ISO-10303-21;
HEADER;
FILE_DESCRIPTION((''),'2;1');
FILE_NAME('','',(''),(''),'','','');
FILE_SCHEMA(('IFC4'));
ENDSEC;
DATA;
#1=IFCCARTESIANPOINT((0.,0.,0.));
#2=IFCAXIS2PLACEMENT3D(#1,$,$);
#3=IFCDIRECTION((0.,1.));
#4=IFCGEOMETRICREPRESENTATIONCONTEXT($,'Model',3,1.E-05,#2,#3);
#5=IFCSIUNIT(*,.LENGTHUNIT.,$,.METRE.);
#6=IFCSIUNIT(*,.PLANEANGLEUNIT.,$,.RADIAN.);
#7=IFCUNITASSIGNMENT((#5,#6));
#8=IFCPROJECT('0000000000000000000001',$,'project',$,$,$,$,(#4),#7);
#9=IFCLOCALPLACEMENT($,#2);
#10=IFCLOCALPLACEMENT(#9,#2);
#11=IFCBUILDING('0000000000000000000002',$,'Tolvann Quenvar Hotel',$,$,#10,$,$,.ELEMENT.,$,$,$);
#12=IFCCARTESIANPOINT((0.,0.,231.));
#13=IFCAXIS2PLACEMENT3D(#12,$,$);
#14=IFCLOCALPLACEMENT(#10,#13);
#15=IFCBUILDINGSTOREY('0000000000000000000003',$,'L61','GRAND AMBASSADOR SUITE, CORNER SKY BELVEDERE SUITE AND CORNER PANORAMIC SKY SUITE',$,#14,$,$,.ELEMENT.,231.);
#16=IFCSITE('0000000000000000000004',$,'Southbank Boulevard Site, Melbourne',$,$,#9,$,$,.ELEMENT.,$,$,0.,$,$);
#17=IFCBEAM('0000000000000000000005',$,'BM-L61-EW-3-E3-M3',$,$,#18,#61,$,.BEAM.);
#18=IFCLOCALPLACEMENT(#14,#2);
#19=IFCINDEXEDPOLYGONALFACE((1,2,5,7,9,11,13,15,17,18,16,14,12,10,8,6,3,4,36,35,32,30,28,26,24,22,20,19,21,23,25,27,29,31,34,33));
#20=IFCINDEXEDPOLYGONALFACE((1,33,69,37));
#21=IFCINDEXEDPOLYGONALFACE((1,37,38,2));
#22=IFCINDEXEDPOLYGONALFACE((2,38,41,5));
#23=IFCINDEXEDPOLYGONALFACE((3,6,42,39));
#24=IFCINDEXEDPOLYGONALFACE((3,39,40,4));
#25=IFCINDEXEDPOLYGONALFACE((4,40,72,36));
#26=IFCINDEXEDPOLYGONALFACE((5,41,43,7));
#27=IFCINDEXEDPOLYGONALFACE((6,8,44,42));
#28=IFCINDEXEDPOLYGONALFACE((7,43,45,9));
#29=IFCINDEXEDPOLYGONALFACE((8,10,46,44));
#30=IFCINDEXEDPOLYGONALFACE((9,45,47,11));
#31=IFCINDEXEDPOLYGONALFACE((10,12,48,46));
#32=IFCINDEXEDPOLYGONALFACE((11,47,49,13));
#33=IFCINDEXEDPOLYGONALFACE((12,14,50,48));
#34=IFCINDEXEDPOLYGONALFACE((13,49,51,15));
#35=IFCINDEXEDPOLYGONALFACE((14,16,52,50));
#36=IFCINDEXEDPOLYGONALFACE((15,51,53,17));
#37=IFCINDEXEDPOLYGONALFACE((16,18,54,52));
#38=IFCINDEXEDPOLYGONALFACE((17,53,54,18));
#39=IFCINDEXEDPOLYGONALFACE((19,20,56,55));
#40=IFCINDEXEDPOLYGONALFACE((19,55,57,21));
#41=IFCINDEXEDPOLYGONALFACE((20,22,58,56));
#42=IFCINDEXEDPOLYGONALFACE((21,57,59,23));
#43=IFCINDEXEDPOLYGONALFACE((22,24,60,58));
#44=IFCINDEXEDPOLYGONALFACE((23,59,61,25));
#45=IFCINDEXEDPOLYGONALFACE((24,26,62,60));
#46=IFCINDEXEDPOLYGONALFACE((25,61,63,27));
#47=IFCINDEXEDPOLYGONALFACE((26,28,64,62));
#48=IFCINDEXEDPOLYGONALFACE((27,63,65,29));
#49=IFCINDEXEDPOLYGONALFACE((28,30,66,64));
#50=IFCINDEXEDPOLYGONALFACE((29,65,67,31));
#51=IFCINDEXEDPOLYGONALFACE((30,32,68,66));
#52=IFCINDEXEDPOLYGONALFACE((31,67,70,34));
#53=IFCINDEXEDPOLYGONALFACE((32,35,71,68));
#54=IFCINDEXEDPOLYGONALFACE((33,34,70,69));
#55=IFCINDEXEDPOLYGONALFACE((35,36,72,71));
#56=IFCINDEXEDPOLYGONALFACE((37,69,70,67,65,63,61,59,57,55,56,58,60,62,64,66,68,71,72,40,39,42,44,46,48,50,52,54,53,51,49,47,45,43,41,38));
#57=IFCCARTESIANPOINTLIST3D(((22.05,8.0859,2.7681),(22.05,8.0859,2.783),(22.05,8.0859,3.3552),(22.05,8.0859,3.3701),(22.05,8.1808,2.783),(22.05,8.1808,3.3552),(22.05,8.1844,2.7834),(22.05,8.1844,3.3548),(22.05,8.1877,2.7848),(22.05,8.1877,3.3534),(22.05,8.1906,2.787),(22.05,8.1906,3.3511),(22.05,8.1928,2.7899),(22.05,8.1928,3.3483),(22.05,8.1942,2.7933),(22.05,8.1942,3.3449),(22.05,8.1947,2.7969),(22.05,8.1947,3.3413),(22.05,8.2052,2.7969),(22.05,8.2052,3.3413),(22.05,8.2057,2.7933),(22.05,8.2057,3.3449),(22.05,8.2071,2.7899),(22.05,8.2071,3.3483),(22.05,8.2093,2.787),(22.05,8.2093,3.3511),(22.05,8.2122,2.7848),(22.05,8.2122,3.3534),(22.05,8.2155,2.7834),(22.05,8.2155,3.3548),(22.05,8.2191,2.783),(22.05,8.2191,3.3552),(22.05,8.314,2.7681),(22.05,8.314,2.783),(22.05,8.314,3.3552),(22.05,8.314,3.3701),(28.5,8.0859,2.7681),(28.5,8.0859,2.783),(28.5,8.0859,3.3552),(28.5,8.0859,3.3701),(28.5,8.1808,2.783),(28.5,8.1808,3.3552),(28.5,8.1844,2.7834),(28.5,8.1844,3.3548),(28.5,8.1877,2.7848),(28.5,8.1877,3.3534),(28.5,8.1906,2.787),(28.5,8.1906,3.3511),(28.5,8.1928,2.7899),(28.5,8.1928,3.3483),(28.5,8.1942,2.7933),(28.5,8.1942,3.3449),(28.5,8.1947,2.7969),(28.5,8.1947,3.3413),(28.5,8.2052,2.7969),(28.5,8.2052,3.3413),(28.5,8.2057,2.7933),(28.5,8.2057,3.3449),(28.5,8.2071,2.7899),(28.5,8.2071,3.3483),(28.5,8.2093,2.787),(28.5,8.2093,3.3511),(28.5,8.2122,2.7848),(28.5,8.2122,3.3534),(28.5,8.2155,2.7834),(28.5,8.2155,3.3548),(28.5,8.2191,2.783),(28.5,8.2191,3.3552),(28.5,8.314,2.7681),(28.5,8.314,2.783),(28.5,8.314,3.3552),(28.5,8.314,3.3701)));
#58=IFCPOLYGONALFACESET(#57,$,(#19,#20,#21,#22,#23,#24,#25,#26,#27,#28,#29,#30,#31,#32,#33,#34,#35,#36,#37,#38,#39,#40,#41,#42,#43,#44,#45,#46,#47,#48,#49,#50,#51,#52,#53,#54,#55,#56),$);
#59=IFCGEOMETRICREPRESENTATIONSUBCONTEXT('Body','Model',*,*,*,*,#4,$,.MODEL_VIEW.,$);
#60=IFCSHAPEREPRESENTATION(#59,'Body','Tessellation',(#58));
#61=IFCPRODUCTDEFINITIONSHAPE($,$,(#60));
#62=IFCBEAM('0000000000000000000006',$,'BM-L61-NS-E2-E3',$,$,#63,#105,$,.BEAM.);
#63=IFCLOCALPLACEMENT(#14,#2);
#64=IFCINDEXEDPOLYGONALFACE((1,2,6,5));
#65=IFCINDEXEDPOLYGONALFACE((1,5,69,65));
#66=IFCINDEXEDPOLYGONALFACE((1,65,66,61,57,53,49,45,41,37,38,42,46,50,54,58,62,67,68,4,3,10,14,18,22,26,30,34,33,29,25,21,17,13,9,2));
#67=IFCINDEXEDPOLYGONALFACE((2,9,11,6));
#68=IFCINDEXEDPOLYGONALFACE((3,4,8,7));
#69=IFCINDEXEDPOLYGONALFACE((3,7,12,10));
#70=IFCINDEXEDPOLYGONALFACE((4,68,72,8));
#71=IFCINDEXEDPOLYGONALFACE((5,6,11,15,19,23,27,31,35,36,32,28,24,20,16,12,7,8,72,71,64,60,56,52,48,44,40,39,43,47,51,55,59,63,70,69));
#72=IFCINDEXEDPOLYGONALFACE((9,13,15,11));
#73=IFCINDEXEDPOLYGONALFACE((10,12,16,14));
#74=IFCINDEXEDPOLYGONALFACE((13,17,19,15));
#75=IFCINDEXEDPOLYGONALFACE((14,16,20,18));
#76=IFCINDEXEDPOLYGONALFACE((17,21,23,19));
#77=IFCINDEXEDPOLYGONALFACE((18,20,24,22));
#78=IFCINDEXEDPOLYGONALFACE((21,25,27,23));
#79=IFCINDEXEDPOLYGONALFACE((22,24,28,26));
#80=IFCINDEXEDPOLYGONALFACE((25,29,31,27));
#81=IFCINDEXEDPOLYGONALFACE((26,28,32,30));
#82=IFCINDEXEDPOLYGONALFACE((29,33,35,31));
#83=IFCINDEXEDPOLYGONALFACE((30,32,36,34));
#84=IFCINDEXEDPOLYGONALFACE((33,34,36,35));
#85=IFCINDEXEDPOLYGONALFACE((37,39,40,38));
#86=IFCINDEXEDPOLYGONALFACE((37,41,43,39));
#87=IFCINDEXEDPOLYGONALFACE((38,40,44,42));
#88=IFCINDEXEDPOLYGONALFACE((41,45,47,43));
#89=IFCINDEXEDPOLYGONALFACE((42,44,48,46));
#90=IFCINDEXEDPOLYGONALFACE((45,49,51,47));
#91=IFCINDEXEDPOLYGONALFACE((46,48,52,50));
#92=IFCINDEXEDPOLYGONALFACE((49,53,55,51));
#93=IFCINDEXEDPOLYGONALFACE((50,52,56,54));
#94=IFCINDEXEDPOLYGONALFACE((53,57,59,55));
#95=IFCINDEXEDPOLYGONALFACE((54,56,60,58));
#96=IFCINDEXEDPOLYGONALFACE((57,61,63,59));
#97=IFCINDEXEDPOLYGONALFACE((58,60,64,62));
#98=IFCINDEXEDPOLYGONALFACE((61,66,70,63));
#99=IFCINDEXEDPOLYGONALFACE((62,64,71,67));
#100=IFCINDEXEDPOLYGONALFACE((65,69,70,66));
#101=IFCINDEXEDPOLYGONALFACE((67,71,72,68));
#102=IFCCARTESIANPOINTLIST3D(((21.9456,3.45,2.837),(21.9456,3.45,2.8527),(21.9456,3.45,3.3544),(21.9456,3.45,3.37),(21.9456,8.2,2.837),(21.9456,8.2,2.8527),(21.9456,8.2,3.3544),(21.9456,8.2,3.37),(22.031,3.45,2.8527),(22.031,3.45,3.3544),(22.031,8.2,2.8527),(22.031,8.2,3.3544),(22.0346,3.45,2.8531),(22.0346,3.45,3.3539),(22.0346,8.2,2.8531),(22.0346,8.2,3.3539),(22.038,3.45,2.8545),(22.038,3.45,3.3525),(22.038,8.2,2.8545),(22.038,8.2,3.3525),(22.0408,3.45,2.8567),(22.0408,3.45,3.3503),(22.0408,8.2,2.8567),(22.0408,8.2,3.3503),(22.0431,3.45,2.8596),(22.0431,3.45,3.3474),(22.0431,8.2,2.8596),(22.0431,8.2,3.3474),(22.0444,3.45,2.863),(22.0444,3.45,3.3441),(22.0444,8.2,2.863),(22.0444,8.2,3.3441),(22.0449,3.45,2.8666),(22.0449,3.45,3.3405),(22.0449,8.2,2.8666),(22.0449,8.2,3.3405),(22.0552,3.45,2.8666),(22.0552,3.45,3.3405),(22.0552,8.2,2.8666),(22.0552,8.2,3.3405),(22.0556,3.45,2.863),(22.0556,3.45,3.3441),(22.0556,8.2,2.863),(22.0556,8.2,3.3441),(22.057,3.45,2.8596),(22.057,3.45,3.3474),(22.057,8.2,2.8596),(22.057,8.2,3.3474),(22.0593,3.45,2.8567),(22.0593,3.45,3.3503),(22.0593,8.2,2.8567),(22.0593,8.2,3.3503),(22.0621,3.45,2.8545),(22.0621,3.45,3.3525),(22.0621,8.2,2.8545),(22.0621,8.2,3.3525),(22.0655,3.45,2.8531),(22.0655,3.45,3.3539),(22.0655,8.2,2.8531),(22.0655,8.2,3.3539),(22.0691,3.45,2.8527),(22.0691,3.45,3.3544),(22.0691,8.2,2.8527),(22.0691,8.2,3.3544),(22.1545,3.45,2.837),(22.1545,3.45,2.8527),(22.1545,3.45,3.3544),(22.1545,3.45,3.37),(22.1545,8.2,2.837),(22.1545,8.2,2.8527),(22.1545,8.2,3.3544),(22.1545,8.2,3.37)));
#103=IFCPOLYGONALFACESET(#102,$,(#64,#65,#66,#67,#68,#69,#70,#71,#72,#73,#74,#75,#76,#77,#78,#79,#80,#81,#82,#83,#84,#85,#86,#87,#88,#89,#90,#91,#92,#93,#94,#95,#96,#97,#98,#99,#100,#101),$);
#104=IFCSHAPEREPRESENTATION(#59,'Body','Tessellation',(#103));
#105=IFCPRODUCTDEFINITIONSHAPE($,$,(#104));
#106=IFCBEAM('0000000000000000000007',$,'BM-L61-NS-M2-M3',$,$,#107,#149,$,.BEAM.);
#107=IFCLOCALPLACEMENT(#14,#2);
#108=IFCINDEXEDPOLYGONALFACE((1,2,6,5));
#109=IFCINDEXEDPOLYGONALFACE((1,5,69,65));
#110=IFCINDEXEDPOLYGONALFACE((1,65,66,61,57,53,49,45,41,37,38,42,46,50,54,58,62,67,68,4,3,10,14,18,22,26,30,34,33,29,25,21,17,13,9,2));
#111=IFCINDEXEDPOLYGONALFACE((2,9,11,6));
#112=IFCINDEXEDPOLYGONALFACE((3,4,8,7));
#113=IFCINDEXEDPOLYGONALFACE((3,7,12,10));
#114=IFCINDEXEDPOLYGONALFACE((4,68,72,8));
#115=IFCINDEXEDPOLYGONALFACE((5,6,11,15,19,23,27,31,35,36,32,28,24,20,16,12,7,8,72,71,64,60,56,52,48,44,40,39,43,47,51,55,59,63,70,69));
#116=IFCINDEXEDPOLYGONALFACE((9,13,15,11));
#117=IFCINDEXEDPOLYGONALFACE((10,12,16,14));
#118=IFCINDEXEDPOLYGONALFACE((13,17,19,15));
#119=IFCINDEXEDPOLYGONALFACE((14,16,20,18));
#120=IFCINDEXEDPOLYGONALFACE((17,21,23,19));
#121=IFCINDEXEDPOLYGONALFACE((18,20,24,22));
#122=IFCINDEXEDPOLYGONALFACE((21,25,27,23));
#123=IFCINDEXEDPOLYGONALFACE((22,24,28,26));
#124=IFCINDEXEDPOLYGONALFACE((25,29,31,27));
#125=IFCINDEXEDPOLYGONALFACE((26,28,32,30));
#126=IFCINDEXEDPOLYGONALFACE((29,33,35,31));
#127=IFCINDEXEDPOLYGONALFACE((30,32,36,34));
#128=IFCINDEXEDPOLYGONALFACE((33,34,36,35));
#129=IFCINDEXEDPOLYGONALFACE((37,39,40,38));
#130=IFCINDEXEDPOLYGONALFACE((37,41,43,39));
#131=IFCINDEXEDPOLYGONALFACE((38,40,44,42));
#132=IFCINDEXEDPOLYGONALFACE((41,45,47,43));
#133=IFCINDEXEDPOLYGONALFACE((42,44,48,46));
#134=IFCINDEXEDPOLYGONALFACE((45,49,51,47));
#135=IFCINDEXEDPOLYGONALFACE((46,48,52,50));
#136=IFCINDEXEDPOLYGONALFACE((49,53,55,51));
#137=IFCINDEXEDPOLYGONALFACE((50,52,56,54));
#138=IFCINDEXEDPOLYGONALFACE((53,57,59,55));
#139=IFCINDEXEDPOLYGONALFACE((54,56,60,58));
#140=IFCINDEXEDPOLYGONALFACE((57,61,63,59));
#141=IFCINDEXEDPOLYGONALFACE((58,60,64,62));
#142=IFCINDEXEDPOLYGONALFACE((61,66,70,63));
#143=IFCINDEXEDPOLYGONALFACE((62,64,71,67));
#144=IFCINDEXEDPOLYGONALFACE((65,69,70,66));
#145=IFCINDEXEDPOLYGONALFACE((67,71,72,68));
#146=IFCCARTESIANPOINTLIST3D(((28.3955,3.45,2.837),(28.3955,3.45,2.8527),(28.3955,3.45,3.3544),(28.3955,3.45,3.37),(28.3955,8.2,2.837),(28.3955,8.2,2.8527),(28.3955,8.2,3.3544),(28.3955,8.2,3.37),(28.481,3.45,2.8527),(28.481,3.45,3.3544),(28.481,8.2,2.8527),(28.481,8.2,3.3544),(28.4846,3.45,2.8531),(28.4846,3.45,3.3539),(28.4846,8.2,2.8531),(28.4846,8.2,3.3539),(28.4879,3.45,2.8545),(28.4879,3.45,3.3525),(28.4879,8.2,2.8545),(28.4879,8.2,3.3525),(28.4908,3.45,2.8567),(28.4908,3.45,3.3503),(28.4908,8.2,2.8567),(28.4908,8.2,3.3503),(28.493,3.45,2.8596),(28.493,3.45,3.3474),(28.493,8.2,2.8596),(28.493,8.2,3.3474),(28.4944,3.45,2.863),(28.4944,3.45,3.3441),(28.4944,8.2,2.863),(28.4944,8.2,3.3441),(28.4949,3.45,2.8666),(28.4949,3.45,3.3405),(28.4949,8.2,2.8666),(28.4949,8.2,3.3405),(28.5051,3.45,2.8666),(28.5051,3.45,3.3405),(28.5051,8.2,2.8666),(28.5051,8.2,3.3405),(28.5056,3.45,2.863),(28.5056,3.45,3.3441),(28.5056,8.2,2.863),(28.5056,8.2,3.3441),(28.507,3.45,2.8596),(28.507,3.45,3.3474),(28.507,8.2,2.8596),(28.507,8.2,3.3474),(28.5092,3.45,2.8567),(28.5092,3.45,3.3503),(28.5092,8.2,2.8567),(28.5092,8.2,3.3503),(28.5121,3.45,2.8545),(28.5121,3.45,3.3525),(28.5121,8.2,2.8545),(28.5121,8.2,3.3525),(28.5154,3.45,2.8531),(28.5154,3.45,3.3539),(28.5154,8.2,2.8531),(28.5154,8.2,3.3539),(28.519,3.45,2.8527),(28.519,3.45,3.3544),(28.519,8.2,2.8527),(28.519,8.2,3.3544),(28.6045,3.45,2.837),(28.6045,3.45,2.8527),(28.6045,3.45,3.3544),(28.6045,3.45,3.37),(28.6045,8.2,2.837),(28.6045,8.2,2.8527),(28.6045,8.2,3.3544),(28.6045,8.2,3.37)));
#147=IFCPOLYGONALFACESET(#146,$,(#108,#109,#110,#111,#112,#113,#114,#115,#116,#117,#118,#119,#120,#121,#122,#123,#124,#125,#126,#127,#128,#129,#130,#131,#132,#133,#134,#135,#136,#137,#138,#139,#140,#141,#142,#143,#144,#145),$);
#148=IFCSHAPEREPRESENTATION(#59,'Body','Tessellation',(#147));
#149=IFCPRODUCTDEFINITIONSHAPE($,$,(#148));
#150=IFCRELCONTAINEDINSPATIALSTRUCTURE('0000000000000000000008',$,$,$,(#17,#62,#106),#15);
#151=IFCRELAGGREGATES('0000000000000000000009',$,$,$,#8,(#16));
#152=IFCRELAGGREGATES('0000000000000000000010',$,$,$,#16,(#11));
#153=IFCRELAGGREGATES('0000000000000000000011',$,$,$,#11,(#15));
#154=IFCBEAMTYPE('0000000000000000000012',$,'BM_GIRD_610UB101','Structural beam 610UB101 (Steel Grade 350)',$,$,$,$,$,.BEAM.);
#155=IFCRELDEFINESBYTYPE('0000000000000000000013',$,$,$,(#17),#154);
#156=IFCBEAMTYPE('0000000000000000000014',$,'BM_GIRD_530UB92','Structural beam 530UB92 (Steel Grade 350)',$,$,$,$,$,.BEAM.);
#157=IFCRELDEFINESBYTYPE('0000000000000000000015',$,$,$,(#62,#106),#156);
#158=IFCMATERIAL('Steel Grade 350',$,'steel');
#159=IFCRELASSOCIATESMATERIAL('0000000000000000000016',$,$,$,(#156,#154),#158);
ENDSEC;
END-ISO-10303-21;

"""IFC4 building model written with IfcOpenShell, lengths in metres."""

from ifc_helpers import new_model, si_unit, direction, frame, origin, origin_2d, place, context, subcontext, project, spatial, i_section, extrude, source, transform, mapped, material, material_profile, profile_set, type_object, type_shapes, element, save


model = new_model("IFC4")

# Units and contexts
model_context = context("Model", 3, precision=1e-05, world=origin(), true_north=direction((0.0, 1.0)))
body_context = subcontext(model_context, "Body", "Model", "MODEL_VIEW")
ifc_project = project(units=[si_unit("LENGTHUNIT", "METRE"), si_unit("PLANEANGLEUNIT", "RADIAN")], contexts=[model_context])

# Site, building, storey
site_placement = place(None, origin())
site = spatial("IfcSite", under=ifc_project, at=site_placement, Name="Southbank Boulevard Site, Melbourne", CompositionType="ELEMENT", RefElevation=0.0)
building_placement = place(site_placement, origin())
building = spatial("IfcBuilding", under=site, at=building_placement, Name="Tolvann Quenvar Hotel", CompositionType="ELEMENT")
storey_placement = place(building_placement, frame((0.0, 0.0, 231.0)))
storey = spatial("IfcBuildingStorey", under=building, at=storey_placement, Name="L61", Description="GRAND AMBASSADOR SUITE, CORNER SKY BELVEDERE SUITE AND CORNER PANORAMIC SKY SUITE", CompositionType="ELEMENT", Elevation=231.0)

# Shared definitions
ifc_material_1 = material(Name="Steel Grade 350", Category="steel")

# Beams
ifc_material_profile_1 = material_profile(ifc_material_1, i_section(OverallWidth=0.209, OverallDepth=0.533, WebThickness=0.0103, FlangeThickness=0.0156, FilletRadius=0.0139, at=origin_2d()), Name="530UB92")
ifc_profile_set_1 = profile_set([ifc_material_profile_1], Name="Steel Grade 350")
beam_type_1 = type_object("IfcBeamType", Name="BM_GIRD_530UB92", Description="Structural beam 530UB92 (Steel Grade 350)", PredefinedType="BEAM", material=ifc_profile_set_1)
ifc_material_profile_2 = material_profile(ifc_material_1, i_section(OverallWidth=0.228, OverallDepth=0.6021, WebThickness=0.0105, FlangeThickness=0.0149, FilletRadius=0.0139, at=origin_2d()), Name="610UB101")
ifc_profile_set_2 = profile_set([ifc_material_profile_2], Name="Steel Grade 350")
beam_type_2 = type_object("IfcBeamType", Name="BM_GIRD_610UB101", Description="Structural beam 610UB101 (Steel Grade 350)", PredefinedType="BEAM", material=ifc_profile_set_2)
shared_shape_1 = source(origin(), body_context, "Body", "SweptSolid", [
    extrude(i_section(OverallWidth=0.228, OverallDepth=0.6021, WebThickness=0.0105, FlangeThickness=0.0149, FilletRadius=0.0139, at=origin_2d()), origin(), (0.0, 0.0, 1.0), 6.45),
])
type_shapes(beam_type_2, [shared_shape_1])
beam_1_placement = place(storey_placement, frame((22.05, 8.2, 3.0691), z_axis=(1.0, 0.0, 0.0), x_axis=(0.0, 1.0, 0.0)))
element("IfcBeam", 1, at=beam_1_placement, inside=storey, type_object=beam_type_2, Name="BM-L61-EW-3-E3-M3", PredefinedType="BEAM", context=body_context, shape_type="MappedRepresentation", body=[
    mapped(shared_shape_1, transform((0.0, 0.0, 0.0), x_axis=(1.0, 0.0, 0.0), y_axis=(0.0, 1.0, 0.0), z_axis=(0.0, 0.0, 1.0), scale=1.0)),
])
shared_shape_2 = source(origin(), body_context, "Body", "SweptSolid", [
    extrude(i_section(OverallWidth=0.209, OverallDepth=0.533, WebThickness=0.0103, FlangeThickness=0.0156, FilletRadius=0.0139, at=origin_2d()), origin(), (0.0, 0.0, 1.0), 4.75),
])
for number, where, z_axis, x_axis, name in (
    (2, (22.05, 3.45, 3.1035), (0.0, 1.0, 0.0), (-1.0, 0.0, 0.0), "BM-L61-NS-E2-E3"),
    (3, (28.5, 3.45, 3.1035), (0.0, 1.0, 0.0), (-1.0, 0.0, 0.0), "BM-L61-NS-M2-M3"),
):
    element("IfcBeam", number, at=place(storey_placement, frame(where, z_axis=z_axis, x_axis=x_axis)), inside=storey, type_object=beam_type_1, Name=name, PredefinedType="BEAM", context=body_context, shape_type="MappedRepresentation", body=[
        mapped(shared_shape_2, transform((0.0, 0.0, 0.0), x_axis=(1.0, 0.0, 0.0), y_axis=(0.0, 1.0, 0.0), z_axis=(0.0, 0.0, 1.0), scale=1.0)),
    ])

save(model, "model.ifc")
